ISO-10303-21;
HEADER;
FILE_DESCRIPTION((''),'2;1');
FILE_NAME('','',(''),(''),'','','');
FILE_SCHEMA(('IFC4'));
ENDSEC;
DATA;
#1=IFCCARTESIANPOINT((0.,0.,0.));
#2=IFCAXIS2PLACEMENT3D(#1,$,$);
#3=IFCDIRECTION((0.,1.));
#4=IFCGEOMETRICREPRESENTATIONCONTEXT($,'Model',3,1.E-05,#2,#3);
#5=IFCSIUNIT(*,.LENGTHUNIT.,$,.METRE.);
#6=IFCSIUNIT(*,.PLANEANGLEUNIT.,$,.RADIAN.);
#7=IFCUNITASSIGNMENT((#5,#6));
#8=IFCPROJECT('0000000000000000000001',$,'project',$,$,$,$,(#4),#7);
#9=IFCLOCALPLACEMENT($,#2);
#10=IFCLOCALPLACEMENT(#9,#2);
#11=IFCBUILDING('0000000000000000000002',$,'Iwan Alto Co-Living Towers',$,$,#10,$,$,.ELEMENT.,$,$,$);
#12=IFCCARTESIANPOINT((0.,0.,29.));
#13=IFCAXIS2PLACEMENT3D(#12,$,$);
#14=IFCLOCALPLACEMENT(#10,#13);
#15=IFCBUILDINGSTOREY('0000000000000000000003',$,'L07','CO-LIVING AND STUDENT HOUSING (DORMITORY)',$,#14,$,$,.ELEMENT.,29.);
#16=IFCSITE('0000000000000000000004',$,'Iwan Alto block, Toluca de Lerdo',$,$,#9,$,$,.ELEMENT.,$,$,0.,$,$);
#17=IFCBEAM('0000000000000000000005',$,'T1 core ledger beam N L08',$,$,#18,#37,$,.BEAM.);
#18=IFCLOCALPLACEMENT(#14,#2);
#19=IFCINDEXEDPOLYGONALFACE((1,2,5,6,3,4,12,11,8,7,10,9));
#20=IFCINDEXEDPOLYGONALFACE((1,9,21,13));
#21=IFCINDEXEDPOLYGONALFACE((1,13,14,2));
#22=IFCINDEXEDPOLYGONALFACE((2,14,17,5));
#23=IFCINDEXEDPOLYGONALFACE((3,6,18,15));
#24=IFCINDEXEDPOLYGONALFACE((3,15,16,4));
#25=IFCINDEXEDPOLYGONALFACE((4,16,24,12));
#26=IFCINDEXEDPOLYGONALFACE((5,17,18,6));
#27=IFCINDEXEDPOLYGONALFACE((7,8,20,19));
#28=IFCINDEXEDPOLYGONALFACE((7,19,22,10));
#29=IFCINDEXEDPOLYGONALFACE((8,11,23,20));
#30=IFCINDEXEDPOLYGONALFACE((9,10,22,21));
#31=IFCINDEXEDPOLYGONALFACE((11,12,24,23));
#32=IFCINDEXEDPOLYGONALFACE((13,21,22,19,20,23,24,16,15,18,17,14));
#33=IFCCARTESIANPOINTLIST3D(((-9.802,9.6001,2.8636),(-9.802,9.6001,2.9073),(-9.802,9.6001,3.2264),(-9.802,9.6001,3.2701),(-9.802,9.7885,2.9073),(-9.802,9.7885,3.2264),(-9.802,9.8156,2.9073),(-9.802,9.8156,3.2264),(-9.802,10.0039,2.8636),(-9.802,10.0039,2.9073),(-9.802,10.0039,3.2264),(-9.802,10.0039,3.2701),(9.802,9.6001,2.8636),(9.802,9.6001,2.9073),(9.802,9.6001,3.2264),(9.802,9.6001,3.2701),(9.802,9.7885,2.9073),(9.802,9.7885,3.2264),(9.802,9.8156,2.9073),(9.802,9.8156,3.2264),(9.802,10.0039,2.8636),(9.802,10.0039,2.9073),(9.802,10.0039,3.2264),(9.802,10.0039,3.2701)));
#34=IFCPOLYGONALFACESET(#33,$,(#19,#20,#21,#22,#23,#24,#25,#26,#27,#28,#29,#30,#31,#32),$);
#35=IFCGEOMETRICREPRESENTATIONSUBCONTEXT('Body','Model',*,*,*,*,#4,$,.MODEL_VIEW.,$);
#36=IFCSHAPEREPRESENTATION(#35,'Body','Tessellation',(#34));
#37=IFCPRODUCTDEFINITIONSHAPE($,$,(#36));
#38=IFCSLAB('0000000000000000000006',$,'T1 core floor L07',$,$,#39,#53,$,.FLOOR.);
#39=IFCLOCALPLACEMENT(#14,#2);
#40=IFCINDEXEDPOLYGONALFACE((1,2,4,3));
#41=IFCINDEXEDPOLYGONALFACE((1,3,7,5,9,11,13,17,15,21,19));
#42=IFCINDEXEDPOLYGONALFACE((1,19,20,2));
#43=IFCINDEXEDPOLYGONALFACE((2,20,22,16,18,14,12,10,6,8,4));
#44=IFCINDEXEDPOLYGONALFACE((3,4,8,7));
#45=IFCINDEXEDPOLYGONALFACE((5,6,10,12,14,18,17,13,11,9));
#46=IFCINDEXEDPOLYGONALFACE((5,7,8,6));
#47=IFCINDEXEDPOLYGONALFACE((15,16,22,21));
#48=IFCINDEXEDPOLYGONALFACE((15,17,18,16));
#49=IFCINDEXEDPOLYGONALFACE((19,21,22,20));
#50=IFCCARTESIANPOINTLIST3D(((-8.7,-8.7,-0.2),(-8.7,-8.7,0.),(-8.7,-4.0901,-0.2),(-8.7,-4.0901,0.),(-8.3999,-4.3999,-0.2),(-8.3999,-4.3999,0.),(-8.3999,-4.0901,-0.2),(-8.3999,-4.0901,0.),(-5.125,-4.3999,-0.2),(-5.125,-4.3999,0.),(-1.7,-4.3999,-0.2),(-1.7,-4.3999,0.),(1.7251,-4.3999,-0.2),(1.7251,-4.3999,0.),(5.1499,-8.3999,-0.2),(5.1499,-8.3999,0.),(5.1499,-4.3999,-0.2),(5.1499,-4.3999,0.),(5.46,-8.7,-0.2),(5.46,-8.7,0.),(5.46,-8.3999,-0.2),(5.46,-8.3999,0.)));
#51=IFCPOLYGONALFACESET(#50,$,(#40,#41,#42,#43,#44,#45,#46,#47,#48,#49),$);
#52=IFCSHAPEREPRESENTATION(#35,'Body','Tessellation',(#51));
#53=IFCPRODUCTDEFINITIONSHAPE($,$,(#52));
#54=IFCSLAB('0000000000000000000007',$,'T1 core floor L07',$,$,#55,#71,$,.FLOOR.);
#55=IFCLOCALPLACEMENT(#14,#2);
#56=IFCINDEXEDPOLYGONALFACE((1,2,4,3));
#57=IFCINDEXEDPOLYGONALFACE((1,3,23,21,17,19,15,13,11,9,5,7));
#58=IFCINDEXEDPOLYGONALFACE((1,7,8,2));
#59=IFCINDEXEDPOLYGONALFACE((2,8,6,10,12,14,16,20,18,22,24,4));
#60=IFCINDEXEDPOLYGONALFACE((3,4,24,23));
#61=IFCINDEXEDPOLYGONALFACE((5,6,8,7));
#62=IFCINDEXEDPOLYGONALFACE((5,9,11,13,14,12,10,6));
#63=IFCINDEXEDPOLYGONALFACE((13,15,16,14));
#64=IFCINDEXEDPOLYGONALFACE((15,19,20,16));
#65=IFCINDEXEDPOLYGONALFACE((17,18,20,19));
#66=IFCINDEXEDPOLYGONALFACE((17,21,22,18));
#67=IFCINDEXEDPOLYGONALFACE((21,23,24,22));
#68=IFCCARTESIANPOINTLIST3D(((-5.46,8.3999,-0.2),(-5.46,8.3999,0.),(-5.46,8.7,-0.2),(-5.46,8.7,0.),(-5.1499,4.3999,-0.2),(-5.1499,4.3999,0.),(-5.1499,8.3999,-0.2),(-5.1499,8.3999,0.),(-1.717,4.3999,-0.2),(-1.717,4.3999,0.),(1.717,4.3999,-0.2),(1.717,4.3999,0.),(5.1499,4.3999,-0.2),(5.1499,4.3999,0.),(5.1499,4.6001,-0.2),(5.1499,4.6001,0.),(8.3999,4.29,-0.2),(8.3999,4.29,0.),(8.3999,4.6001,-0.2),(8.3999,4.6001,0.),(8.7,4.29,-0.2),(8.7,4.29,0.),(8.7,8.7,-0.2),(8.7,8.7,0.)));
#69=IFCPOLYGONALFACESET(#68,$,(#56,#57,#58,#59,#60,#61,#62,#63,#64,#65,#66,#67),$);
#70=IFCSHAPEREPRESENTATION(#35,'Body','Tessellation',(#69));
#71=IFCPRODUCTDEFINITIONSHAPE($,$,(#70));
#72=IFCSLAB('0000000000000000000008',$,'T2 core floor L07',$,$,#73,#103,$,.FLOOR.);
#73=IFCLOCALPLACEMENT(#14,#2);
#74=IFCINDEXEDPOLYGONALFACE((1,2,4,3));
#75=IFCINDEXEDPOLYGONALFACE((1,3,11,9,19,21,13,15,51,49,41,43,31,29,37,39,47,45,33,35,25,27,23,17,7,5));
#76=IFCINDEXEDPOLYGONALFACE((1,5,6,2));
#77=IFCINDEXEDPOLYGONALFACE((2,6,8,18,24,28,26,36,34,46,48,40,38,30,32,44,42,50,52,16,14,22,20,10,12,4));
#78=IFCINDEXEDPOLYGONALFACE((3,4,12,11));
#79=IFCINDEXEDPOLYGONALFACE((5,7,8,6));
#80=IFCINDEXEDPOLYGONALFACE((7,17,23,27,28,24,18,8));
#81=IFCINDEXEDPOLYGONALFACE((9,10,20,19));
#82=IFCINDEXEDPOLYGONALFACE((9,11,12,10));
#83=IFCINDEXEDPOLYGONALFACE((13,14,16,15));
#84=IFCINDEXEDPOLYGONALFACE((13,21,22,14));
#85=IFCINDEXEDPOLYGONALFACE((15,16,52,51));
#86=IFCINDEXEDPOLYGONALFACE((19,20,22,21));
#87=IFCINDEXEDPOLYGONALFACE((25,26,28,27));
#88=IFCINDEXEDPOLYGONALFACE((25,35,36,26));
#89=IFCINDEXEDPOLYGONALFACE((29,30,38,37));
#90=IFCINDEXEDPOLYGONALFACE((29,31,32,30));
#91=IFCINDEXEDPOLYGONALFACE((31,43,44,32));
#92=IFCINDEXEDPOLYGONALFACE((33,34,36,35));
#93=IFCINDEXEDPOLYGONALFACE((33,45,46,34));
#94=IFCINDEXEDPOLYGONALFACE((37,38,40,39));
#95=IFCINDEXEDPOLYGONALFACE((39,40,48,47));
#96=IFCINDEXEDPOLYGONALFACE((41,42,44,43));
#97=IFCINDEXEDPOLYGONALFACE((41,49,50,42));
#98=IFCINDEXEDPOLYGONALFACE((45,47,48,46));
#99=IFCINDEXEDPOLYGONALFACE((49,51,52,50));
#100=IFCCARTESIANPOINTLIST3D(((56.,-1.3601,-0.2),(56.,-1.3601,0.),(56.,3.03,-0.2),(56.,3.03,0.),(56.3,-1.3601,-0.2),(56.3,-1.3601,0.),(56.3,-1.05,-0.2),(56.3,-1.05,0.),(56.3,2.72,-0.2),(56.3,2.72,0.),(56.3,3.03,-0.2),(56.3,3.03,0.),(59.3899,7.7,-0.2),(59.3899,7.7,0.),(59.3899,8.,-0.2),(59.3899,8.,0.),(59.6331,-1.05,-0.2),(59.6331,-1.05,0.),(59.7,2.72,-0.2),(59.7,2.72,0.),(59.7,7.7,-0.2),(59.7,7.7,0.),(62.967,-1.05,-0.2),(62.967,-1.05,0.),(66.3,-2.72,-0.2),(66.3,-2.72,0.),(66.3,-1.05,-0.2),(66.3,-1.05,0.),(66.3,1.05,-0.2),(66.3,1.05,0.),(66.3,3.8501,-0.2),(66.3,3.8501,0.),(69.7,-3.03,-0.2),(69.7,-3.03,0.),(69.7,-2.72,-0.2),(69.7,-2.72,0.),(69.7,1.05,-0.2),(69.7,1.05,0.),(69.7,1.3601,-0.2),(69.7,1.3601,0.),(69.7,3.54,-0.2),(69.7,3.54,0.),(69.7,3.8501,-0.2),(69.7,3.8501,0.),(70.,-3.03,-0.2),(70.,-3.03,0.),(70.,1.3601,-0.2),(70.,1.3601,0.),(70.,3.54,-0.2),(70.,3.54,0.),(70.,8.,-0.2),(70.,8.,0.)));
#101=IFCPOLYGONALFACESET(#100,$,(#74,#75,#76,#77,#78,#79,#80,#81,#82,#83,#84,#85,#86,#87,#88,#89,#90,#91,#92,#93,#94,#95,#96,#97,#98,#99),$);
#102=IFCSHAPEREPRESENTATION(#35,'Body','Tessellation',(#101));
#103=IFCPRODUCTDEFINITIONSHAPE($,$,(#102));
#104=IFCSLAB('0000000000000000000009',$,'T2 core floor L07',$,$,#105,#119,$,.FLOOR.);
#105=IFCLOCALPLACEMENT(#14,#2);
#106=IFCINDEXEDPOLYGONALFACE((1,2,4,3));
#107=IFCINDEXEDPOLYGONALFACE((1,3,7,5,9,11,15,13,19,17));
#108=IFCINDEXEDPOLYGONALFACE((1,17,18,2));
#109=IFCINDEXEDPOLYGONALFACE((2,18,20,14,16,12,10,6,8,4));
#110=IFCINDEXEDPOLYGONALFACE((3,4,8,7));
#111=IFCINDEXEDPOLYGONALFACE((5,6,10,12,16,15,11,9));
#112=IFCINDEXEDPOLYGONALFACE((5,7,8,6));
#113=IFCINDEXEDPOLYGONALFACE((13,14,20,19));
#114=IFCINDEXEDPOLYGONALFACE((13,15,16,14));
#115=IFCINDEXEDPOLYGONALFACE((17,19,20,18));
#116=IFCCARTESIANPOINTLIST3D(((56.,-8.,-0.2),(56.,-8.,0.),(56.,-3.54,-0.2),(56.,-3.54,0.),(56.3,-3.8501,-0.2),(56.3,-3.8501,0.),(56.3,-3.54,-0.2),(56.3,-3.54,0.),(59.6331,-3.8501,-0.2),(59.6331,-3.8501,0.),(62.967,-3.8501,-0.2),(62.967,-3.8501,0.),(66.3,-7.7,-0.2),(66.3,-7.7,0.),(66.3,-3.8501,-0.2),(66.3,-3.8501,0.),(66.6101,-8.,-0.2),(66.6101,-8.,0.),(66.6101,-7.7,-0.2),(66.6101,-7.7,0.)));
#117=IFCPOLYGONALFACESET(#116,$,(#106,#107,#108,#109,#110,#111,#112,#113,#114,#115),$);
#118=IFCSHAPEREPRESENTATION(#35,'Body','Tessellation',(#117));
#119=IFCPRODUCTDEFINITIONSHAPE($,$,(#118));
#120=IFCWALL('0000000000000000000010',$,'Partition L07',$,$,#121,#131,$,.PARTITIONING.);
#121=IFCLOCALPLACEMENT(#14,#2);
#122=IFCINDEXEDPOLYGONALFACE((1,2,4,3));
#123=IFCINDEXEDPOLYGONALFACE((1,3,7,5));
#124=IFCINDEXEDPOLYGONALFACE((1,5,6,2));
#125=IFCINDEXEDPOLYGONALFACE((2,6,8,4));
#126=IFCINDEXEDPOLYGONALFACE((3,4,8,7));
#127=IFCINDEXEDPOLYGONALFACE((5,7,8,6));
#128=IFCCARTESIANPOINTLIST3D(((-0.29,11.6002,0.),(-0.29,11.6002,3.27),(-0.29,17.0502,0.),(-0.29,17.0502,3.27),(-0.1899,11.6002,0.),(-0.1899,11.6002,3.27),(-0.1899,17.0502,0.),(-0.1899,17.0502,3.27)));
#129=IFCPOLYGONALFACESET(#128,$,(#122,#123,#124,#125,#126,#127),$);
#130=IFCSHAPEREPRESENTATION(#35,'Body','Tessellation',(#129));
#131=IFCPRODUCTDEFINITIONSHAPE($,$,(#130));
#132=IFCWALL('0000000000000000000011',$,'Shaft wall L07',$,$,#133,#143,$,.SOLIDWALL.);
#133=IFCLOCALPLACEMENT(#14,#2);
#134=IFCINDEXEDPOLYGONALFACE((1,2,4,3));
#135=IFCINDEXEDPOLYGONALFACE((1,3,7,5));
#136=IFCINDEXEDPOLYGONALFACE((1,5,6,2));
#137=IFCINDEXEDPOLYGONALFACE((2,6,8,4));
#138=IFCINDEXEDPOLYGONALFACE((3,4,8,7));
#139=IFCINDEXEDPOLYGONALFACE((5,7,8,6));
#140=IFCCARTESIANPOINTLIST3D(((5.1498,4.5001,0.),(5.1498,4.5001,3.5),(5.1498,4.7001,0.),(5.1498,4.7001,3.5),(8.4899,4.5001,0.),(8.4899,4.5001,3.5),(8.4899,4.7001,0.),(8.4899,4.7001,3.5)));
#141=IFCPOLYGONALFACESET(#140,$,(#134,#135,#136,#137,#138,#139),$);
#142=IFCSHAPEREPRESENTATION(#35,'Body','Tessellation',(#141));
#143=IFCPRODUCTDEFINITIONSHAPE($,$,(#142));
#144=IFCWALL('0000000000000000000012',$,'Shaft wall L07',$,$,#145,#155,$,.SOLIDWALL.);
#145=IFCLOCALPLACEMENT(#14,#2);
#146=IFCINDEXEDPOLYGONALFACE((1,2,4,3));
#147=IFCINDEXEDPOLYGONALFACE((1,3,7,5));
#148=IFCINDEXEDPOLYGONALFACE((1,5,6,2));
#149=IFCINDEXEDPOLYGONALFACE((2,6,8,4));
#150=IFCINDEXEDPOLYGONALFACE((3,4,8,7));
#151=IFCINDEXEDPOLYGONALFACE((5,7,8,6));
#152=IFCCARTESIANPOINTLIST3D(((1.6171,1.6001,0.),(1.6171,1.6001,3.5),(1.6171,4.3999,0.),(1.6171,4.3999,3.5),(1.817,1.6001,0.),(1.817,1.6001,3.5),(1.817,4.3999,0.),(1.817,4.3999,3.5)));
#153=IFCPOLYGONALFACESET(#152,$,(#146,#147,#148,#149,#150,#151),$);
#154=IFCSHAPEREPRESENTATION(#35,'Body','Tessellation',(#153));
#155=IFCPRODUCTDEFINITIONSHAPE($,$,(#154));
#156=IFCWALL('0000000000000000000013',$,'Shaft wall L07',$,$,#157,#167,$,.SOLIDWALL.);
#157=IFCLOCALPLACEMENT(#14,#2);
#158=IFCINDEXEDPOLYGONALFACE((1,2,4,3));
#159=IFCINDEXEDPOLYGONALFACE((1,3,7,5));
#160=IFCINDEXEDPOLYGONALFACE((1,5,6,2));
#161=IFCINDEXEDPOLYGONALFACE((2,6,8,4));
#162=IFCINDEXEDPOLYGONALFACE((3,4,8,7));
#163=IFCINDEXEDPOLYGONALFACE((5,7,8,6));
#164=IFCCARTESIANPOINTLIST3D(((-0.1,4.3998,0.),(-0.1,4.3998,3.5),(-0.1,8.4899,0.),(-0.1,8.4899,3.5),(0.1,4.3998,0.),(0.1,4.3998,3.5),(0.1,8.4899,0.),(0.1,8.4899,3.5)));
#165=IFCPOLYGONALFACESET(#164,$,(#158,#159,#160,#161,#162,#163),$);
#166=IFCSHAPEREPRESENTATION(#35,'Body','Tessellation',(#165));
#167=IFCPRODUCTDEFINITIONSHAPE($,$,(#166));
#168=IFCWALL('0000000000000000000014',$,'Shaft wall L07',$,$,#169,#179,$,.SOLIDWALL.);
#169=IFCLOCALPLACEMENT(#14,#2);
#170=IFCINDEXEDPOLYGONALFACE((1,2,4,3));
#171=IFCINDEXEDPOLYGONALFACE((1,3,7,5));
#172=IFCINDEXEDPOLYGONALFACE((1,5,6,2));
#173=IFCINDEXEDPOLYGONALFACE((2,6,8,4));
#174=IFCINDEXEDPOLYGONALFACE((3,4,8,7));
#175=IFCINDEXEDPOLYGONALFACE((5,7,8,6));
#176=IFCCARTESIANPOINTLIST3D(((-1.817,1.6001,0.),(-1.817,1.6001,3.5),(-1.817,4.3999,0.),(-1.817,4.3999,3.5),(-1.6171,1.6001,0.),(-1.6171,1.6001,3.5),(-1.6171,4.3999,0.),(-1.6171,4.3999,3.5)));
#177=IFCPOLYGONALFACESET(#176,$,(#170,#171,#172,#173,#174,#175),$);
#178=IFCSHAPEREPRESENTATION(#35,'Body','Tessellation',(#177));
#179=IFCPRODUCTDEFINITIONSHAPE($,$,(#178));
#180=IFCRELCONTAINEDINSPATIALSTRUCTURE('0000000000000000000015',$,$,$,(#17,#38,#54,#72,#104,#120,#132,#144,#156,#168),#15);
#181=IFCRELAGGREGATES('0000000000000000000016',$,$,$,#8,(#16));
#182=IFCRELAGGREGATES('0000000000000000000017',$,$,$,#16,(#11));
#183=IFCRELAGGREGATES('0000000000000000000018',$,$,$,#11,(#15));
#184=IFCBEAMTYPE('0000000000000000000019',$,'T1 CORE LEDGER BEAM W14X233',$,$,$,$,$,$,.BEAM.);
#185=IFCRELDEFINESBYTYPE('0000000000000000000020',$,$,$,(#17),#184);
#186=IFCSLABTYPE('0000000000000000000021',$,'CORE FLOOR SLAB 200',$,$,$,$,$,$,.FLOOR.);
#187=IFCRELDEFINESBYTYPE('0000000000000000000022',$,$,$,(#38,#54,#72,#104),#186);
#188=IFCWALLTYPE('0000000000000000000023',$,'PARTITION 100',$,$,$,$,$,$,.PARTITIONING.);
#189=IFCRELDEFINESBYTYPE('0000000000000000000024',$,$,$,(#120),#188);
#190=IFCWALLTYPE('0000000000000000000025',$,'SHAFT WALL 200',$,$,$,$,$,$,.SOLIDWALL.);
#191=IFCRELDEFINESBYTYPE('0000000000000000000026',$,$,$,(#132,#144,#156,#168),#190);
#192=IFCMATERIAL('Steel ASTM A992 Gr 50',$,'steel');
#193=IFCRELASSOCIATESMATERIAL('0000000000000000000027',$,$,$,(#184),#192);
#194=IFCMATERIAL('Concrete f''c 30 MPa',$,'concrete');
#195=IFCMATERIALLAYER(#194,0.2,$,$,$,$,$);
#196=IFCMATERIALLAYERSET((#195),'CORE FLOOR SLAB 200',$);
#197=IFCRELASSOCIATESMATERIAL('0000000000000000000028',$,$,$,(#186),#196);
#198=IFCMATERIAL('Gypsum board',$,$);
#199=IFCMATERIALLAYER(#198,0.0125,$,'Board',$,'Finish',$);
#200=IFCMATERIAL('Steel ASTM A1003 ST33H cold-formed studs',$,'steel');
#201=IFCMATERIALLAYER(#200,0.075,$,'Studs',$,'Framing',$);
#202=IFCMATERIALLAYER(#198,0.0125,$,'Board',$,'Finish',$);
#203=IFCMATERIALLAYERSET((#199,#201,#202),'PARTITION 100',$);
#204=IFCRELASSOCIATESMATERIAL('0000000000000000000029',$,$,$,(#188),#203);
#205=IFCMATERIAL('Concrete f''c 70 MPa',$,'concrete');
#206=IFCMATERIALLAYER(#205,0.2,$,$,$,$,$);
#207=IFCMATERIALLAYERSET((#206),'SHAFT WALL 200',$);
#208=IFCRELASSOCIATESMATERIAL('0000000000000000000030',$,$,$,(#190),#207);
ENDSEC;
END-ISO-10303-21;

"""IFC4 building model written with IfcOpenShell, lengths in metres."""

from ifc_helpers import new_model, si_unit, direction, frame, frame_2d, origin, origin_2d, place, context, subcontext, project, spatial, polyline, rectangle, i_section, outline, extrude, material, layer, layer_set, material_profile, profile_set, type_object, element, save


model = new_model("IFC4")

# Units and contexts
model_context = context("Model", 3, precision=1e-05, world=origin(), true_north=direction((0.0, 1.0)))
body_context = subcontext(model_context, "Body", "Model", "MODEL_VIEW")
ifc_project = project(units=[si_unit("LENGTHUNIT", "METRE"), si_unit("PLANEANGLEUNIT", "RADIAN")], contexts=[model_context])

# Site, building, storey
site_placement = place(None, origin())
site = spatial("IfcSite", under=ifc_project, at=site_placement, Name="Iwan Alto block, Toluca de Lerdo", CompositionType="ELEMENT", RefElevation=0.0)
building_placement = place(site_placement, origin())
building = spatial("IfcBuilding", under=site, at=building_placement, Name="Iwan Alto Co-Living Towers", CompositionType="ELEMENT")
storey_placement = place(building_placement, frame((0.0, 0.0, 29.0)))
storey = spatial("IfcBuildingStorey", under=building, at=storey_placement, Name="L07", Description="CO-LIVING AND STUDENT HOUSING (DORMITORY)", CompositionType="ELEMENT", Elevation=29.0)

# Beam
ifc_material_1 = material(Name="Steel ASTM A992 Gr 50", Category="steel")
ifc_material_profile = material_profile(ifc_material_1, i_section(OverallWidth=0.4038, OverallDepth=0.4065, WebThickness=0.0271, FlangeThickness=0.0437, at=origin_2d()), Name="W14X233")
ifc_profile_set = profile_set([ifc_material_profile], Name="Steel ASTM A992 Gr 50")
beam_type = type_object("IfcBeamType", Name="T1 CORE LEDGER BEAM W14X233", PredefinedType="BEAM", material=ifc_profile_set)
beam_placement = place(storey_placement, frame((9.802, 9.802, 3.0669), z_axis=(-1.0, 0.0, 0.0), x_axis=(0.0, -1.0, 0.0)))
element("IfcBeam", 1, at=beam_placement, inside=storey, type_object=beam_type, Name="T1 core ledger beam N L08", PredefinedType="BEAM", context=body_context, shape_type="SweptSolid", body=[
    extrude(i_section(OverallWidth=0.4038, OverallDepth=0.4065, WebThickness=0.0271, FlangeThickness=0.0437, at=origin_2d()), origin(), (0.0, 0.0, 1.0), 19.604),
])

# Slabs
ifc_material_2 = material(Name="Concrete f'c 30 MPa", Category="concrete")
ifc_layer_1 = layer(ifc_material_2, 0.2)
ifc_layer_set_1 = layer_set([ifc_layer_1], Name="CORE FLOOR SLAB 200")
slab_type = type_object("IfcSlabType", Name="CORE FLOOR SLAB 200", PredefinedType="FLOOR", material=ifc_layer_set_1)
slab_1_placement = place(storey_placement, frame((0.0, 0.0, -0.2)))
element("IfcSlab", 2, at=slab_1_placement, inside=storey, type_object=slab_type, Name="T1 core floor L07", PredefinedType="FLOOR", context=body_context, shape_type="SweptSolid", body=[
    extrude(outline(polyline([(-1.7, -4.3999), (1.7251, -4.3999), (5.1499, -4.3999), (5.1499, -8.3999), (5.46, -8.3999), (5.46, -8.7), (-8.7, -8.7), (-8.7, -4.0901), (-8.3999, -4.0901), (-8.3999, -4.3999), (-5.125, -4.3999), (-1.7, -4.3999)])), origin(), (0.0, 0.0, 1.0), 0.2),
])
slab_2_placement = place(storey_placement, frame((0.0, 0.0, -0.2)))
element("IfcSlab", 3, at=slab_2_placement, inside=storey, type_object=slab_type, Name="T1 core floor L07", PredefinedType="FLOOR", context=body_context, shape_type="SweptSolid", body=[
    extrude(outline(polyline([(1.717, 4.3999), (-1.717, 4.3999), (-5.1499, 4.3999), (-5.1499, 8.3999), (-5.46, 8.3999), (-5.46, 8.7), (8.7, 8.7), (8.7, 4.29), (8.3999, 4.29), (8.3999, 4.6001), (5.1499, 4.6001), (5.1499, 4.3999), (1.717, 4.3999)])), origin(), (0.0, 0.0, 1.0), 0.2),
])
slab_3_placement = place(storey_placement, frame((0.0, 0.0, -0.2)))
element("IfcSlab", 4, at=slab_3_placement, inside=storey, type_object=slab_type, Name="T2 core floor L07", PredefinedType="FLOOR", context=body_context, shape_type="SweptSolid", body=[
    extrude(outline(polyline([(70.0, -3.03), (69.7, -3.03), (69.7, -2.72), (66.3, -2.72), (66.3, -1.05), (62.967, -1.05), (59.6331, -1.05), (56.3, -1.05), (56.3, -1.3601), (56.0, -1.3601), (56.0, 3.03), (56.3, 3.03), (56.3, 2.72), (59.7, 2.72), (59.7, 7.7), (59.3899, 7.7), (59.3899, 8.0), (70.0, 8.0), (70.0, 3.54), (69.7, 3.54), (69.7, 3.8501), (66.3, 3.8501), (66.3, 1.05), (69.7, 1.05), (69.7, 1.3601), (70.0, 1.3601), (70.0, -3.03)])), origin(), (0.0, 0.0, 1.0), 0.2),
])
slab_4_placement = place(storey_placement, frame((0.0, 0.0, -0.2)))
element("IfcSlab", 5, at=slab_4_placement, inside=storey, type_object=slab_type, Name="T2 core floor L07", PredefinedType="FLOOR", context=body_context, shape_type="SweptSolid", body=[
    extrude(outline(polyline([(62.967, -3.8501), (66.3, -3.8501), (66.3, -7.7), (66.6101, -7.7), (66.6101, -8.0), (56.0, -8.0), (56.0, -3.54), (56.3, -3.54), (56.3, -3.8501), (59.6331, -3.8501), (62.967, -3.8501)])), origin(), (0.0, 0.0, 1.0), 0.2),
])

# Walls
ifc_material_3 = material(Name="Gypsum board")
ifc_layer_2 = layer(ifc_material_3, 0.0125, Name="Board", Category="Finish")
ifc_material_4 = material(Name="Steel ASTM A1003 ST33H cold-formed studs", Category="steel")
ifc_layer_3 = layer(ifc_material_4, 0.075, Name="Studs", Category="Framing")
ifc_layer_4 = layer(ifc_material_3, 0.0125, Name="Board", Category="Finish")
ifc_layer_set_2 = layer_set([ifc_layer_2, ifc_layer_3, ifc_layer_4], Name="PARTITION 100")
wall_type_1 = type_object("IfcWallType", Name="PARTITION 100", PredefinedType="PARTITIONING", material=ifc_layer_set_2)
wall_1_placement = place(storey_placement, frame((-0.24, 11.6001, 0.0), z_axis=(0.0, 0.0, 1.0), x_axis=(0.0, 1.0, 0.0)))
element("IfcWall", 6, at=wall_1_placement, inside=storey, type_object=wall_type_1, Name="Partition L07", PredefinedType="PARTITIONING", context=body_context, shape_type="SweptSolid", body=[
    extrude(rectangle(XDim=5.45, YDim=0.1001, at=frame_2d((2.7251, 0.0))), origin(), (0.0, 0.0, 1.0), 3.27),
])
ifc_material_5 = material(Name="Concrete f'c 70 MPa", Category="concrete")
ifc_layer_5 = layer(ifc_material_5, 0.2)
ifc_layer_set_3 = layer_set([ifc_layer_5], Name="SHAFT WALL 200")
wall_type_2 = type_object("IfcWallType", Name="SHAFT WALL 200", PredefinedType="SOLIDWALL", material=ifc_layer_set_3)
wall_2_placement = place(storey_placement, frame((5.1499, 4.6001, 0.0), z_axis=(0.0, 0.0, 1.0), x_axis=(1.0, 0.0, 0.0)))
element("IfcWall", 7, at=wall_2_placement, inside=storey, type_object=wall_type_2, Name="Shaft wall L07", PredefinedType="SOLIDWALL", context=body_context, shape_type="SweptSolid", body=[
    extrude(rectangle(XDim=3.3401, YDim=0.2, at=frame_2d((1.6699, 0.0))), origin(), (0.0, 0.0, 1.0), 3.5),
])
wall_3_placement = place(storey_placement, frame((1.717, 1.6001, 0.0), z_axis=(0.0, 0.0, 1.0), x_axis=(0.0, 1.0, 0.0)))
element("IfcWall", 8, at=wall_3_placement, inside=storey, type_object=wall_type_2, Name="Shaft wall L07", PredefinedType="SOLIDWALL", context=body_context, shape_type="SweptSolid", body=[
    extrude(rectangle(XDim=2.7998, YDim=0.2, at=frame_2d((1.3999, 0.0))), origin(), (0.0, 0.0, 1.0), 3.5),
])
wall_4_placement = place(storey_placement, frame((0.0, 4.3999, 0.0), z_axis=(0.0, 0.0, 1.0), x_axis=(0.0, 1.0, 0.0)))
element("IfcWall", 9, at=wall_4_placement, inside=storey, type_object=wall_type_2, Name="Shaft wall L07", PredefinedType="SOLIDWALL", context=body_context, shape_type="SweptSolid", body=[
    extrude(rectangle(XDim=4.0901, YDim=0.2, at=frame_2d((2.0449, 0.0))), origin(), (0.0, 0.0, 1.0), 3.5),
])
wall_5_placement = place(storey_placement, frame((-1.717, 1.6001, 0.0), z_axis=(0.0, 0.0, 1.0), x_axis=(0.0, 1.0, 0.0)))
element("IfcWall", 10, at=wall_5_placement, inside=storey, type_object=wall_type_2, Name="Shaft wall L07", PredefinedType="SOLIDWALL", context=body_context, shape_type="SweptSolid", body=[
    extrude(rectangle(XDim=2.7998, YDim=0.2, at=frame_2d((1.3999, 0.0))), origin(), (0.0, 0.0, 1.0), 3.5),
])

save(model, "model.ifc")
